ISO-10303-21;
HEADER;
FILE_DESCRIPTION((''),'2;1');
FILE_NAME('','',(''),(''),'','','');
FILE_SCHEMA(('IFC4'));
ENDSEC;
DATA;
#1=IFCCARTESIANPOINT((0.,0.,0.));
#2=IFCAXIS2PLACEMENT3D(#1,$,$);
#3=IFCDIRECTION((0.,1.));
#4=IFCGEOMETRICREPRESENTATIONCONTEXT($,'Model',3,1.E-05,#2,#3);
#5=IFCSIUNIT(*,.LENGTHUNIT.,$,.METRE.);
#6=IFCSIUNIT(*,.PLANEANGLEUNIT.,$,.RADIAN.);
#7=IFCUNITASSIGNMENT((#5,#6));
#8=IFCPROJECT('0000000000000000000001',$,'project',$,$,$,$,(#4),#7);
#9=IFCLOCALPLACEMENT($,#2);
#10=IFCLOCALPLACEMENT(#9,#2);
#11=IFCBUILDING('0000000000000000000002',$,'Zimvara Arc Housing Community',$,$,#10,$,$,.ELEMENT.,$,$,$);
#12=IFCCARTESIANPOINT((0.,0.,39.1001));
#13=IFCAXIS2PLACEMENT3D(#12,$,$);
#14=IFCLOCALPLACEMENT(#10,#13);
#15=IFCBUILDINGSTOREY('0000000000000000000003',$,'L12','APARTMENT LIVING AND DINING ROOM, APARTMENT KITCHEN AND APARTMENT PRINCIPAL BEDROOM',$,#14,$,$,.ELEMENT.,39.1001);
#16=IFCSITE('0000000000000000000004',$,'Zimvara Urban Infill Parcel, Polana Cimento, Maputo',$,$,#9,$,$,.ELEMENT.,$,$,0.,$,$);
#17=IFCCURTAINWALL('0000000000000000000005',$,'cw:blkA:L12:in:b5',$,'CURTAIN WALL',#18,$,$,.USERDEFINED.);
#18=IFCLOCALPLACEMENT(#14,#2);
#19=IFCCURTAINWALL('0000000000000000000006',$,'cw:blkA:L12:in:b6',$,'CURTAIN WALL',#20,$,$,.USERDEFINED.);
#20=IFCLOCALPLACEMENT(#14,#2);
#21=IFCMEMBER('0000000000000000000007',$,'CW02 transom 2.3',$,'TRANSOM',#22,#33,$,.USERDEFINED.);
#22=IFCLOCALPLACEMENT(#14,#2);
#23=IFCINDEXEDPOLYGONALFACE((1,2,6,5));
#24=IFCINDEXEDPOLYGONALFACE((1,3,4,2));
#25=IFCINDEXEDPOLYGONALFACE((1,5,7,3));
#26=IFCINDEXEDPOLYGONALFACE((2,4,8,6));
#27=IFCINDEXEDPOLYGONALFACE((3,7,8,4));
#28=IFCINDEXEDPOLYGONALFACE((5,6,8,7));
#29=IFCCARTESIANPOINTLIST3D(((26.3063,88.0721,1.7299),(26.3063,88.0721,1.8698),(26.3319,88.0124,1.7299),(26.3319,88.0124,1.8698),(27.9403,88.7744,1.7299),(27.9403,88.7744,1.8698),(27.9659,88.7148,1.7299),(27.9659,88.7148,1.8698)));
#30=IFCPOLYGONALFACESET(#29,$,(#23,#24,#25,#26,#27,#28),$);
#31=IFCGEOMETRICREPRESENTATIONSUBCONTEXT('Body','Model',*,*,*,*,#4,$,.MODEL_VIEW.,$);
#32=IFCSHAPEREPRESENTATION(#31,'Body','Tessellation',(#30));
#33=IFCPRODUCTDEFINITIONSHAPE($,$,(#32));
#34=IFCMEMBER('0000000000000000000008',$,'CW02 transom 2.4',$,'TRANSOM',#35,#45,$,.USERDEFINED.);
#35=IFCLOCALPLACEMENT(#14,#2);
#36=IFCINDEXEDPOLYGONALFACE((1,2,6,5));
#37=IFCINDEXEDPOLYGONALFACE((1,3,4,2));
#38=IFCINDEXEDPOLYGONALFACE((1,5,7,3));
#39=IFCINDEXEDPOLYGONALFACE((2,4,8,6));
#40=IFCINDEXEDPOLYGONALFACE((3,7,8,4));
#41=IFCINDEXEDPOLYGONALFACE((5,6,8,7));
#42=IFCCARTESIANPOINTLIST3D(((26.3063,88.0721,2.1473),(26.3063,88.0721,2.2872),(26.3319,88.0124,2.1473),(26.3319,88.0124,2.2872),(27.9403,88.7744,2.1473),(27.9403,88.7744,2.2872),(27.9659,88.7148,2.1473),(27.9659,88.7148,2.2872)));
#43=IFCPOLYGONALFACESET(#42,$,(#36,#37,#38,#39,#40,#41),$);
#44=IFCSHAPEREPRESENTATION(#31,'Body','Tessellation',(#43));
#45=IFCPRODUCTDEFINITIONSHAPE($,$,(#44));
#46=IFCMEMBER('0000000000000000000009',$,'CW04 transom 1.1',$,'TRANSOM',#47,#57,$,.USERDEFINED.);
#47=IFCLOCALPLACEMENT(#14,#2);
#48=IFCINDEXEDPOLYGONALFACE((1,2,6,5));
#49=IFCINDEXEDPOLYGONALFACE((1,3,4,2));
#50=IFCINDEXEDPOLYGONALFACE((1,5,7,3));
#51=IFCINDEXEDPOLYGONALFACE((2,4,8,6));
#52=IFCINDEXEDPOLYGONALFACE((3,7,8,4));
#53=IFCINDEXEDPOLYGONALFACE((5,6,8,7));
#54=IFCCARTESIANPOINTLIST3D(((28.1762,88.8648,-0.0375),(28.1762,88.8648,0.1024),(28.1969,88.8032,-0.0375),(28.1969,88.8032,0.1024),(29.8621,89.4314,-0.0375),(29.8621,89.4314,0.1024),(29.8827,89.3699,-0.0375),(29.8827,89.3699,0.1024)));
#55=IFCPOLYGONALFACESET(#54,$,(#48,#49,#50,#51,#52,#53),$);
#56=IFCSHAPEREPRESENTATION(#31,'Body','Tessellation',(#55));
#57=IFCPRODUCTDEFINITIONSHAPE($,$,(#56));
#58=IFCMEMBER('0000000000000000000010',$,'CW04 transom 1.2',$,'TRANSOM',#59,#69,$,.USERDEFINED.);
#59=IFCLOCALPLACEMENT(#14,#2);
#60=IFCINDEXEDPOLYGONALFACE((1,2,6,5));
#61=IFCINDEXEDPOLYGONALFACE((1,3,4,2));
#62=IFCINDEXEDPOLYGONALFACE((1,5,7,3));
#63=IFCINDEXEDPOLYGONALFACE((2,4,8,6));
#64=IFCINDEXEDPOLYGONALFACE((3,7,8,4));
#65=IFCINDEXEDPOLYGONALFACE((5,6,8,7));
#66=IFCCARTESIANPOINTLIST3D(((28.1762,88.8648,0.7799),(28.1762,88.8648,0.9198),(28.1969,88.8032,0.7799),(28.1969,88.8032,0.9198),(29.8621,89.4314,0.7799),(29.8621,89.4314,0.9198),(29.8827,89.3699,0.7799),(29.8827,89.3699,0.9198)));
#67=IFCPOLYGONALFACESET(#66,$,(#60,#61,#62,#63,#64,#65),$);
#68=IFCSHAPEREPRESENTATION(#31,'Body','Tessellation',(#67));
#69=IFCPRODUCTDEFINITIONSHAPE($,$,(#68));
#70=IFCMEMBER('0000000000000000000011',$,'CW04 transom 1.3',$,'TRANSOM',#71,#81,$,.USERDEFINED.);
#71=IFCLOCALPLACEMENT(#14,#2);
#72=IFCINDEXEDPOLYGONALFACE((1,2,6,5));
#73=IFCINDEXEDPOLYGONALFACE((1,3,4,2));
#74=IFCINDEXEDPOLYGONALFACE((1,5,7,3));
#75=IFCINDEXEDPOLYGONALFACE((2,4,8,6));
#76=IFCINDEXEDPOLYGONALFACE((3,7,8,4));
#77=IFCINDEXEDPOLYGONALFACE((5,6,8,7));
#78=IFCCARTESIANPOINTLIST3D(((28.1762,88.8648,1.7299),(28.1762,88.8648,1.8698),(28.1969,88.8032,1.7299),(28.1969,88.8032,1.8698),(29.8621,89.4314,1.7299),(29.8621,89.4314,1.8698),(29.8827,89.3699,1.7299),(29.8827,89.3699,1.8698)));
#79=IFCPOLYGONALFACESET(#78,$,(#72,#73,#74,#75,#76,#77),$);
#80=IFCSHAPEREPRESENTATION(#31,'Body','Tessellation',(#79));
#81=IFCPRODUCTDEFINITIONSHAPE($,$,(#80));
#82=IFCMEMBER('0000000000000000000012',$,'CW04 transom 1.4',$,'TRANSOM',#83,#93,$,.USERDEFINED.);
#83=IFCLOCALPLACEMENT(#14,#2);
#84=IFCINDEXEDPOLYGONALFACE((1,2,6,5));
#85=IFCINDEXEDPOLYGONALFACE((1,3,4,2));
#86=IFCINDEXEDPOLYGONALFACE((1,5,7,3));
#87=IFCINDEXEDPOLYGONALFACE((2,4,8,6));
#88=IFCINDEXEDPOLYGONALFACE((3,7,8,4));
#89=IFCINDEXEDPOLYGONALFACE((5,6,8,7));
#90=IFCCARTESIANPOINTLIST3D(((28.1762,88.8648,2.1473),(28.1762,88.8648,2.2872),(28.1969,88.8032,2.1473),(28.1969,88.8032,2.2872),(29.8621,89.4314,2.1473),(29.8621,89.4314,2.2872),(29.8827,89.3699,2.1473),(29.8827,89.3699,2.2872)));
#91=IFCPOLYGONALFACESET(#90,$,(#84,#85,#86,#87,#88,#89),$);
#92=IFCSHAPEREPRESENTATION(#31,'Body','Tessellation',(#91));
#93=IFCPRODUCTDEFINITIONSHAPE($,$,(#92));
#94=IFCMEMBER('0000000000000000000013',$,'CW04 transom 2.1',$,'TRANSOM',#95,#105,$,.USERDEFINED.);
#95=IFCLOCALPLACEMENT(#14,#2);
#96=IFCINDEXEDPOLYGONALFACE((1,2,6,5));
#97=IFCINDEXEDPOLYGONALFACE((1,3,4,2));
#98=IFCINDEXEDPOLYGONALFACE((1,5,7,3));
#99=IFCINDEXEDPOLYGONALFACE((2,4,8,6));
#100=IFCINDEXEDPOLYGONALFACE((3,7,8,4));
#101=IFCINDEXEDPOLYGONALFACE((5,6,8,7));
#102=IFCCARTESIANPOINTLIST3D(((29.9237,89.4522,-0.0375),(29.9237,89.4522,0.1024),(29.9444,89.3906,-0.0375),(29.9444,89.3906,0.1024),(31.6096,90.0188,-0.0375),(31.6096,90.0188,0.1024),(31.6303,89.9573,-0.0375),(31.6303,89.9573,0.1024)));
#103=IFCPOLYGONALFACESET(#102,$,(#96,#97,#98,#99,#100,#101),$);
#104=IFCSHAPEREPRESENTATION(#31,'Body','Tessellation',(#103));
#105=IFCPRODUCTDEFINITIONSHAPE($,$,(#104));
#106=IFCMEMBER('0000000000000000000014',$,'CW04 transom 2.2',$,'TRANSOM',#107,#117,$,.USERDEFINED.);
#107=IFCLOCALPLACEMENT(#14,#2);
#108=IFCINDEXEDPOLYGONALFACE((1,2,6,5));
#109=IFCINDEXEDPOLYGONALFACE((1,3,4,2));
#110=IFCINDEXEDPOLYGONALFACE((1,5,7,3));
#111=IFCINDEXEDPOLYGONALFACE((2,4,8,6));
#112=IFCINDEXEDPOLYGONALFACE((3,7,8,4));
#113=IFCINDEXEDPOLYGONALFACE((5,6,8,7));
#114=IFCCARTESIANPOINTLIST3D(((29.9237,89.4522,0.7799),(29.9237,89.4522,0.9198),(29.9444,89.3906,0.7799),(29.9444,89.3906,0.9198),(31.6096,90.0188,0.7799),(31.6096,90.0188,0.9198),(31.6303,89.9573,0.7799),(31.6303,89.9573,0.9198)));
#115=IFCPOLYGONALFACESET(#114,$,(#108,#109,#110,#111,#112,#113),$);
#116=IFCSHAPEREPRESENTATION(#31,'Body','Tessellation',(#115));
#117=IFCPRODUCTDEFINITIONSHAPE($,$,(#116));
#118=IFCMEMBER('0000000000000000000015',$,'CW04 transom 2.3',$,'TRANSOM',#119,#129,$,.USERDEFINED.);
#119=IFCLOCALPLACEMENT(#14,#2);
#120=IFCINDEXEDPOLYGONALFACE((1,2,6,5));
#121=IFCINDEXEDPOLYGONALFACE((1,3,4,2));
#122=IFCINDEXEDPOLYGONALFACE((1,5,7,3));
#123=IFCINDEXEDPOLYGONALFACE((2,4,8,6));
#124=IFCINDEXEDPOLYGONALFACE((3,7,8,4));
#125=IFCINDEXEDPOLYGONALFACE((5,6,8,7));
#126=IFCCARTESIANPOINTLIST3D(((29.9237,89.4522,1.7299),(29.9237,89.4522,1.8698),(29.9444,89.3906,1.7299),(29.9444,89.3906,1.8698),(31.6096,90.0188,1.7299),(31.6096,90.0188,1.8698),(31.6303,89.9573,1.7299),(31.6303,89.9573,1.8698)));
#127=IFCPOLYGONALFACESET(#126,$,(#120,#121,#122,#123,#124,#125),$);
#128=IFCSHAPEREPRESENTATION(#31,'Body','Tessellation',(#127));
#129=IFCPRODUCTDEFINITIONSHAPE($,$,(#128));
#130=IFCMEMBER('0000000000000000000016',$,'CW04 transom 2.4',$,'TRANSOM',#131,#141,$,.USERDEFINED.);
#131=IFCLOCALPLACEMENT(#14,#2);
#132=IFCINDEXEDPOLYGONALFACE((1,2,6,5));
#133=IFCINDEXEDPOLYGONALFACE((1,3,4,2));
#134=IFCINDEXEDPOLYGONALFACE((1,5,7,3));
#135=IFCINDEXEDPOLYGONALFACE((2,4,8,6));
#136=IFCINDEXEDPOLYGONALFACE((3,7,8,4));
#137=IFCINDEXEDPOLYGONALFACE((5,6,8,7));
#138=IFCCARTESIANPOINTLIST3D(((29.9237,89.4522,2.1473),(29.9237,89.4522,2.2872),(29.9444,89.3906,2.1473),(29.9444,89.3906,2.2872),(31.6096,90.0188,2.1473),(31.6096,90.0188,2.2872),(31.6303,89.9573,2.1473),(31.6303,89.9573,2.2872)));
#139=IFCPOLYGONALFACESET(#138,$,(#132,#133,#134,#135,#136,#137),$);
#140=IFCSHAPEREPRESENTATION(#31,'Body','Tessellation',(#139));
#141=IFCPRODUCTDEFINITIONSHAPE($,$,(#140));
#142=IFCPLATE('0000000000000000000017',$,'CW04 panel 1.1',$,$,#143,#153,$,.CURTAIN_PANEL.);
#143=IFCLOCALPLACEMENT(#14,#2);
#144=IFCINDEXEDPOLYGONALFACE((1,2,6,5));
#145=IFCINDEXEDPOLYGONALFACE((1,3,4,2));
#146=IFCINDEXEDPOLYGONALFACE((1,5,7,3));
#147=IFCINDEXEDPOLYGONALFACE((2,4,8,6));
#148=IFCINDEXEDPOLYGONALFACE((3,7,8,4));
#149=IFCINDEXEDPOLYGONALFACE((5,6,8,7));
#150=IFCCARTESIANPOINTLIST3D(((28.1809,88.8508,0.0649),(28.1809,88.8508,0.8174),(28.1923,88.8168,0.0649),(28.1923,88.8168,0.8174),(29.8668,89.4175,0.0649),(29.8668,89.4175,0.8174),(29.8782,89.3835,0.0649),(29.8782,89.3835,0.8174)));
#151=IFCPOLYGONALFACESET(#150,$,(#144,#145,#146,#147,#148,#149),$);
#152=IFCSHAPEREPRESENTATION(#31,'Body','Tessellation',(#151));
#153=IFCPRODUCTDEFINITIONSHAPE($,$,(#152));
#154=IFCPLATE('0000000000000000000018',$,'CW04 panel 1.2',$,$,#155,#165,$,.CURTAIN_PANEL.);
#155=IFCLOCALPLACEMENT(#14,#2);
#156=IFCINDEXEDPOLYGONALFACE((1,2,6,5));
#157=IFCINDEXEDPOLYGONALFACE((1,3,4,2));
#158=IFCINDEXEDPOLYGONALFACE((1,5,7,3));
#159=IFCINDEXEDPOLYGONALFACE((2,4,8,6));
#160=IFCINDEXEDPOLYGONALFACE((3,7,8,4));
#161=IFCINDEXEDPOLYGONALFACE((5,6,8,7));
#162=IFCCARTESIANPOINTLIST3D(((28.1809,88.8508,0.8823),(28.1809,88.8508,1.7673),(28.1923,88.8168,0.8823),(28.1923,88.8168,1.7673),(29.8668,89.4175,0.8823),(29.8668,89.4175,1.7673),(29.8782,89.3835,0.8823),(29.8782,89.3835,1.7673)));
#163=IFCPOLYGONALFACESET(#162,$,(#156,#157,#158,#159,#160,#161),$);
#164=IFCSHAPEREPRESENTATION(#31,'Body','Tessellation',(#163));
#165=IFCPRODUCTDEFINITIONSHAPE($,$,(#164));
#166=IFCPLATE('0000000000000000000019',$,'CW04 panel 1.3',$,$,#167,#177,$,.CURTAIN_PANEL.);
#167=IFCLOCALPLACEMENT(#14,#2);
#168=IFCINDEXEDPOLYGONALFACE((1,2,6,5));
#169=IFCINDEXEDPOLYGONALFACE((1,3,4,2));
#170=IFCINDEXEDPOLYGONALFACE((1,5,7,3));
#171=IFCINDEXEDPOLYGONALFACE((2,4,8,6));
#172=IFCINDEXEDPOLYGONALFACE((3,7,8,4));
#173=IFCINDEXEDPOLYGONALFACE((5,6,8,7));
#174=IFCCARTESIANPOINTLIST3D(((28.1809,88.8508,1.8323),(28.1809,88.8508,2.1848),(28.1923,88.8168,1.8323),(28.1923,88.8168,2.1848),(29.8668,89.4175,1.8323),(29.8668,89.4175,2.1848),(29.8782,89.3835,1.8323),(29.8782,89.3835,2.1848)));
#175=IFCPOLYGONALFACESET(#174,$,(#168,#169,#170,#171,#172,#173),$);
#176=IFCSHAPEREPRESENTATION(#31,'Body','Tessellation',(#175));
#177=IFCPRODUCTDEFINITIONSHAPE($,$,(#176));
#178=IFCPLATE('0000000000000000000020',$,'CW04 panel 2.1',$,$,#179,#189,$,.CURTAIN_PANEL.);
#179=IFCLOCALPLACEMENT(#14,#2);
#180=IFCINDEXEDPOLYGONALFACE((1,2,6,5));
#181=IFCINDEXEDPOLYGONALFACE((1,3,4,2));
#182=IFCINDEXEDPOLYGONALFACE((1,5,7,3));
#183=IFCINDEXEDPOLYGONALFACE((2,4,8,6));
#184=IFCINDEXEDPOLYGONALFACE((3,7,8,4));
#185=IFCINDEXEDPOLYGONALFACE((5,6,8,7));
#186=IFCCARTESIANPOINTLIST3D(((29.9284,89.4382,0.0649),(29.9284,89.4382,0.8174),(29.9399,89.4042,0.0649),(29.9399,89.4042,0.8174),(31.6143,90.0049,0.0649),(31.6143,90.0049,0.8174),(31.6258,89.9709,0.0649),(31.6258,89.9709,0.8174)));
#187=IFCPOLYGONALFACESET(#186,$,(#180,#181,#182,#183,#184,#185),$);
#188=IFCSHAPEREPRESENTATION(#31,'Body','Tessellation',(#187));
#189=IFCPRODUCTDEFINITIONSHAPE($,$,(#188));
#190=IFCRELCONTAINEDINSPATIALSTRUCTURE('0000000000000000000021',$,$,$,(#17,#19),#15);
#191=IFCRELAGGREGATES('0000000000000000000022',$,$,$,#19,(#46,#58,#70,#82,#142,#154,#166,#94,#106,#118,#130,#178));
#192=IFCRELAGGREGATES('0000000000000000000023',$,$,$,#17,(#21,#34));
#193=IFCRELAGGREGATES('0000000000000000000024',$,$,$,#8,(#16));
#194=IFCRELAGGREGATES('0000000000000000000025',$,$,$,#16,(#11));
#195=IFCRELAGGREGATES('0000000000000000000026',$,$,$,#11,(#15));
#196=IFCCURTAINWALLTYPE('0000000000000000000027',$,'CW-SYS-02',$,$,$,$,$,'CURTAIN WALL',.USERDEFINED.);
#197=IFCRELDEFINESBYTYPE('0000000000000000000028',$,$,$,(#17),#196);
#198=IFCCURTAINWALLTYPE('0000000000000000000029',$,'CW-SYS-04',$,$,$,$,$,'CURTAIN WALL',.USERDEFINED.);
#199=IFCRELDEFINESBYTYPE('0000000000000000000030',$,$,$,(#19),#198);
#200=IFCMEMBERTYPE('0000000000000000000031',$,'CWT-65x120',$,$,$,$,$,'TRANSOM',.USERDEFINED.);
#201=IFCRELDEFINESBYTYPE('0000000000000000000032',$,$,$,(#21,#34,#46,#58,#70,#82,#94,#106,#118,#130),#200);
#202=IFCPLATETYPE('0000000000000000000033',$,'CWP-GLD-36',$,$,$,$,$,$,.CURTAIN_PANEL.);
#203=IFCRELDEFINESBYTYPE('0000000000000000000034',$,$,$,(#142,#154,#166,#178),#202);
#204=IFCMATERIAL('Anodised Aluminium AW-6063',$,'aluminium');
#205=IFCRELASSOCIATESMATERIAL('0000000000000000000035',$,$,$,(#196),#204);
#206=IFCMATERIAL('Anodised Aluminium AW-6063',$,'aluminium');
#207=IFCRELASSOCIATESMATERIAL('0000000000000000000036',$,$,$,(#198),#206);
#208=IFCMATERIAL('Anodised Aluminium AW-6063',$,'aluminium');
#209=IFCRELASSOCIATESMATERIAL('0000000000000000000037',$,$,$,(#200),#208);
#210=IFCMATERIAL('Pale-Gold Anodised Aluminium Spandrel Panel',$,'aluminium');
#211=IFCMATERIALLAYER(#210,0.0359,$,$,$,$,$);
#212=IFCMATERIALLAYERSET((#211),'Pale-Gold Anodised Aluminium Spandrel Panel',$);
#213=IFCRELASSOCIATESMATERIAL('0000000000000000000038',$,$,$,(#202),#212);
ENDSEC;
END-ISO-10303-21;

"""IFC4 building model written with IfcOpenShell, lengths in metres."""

from ifc_helpers import new_model, si_unit, direction, frame, origin, origin_2d, place, context, subcontext, project, spatial, rectangle, extrude, material, layer, layer_set, material_profile, profile_set, type_object, element, aggregate, save


model = new_model("IFC4")

# Units and contexts
model_context = context("Model", 3, precision=1e-05, world=origin(), true_north=direction((0.0, 1.0)))
body_context = subcontext(model_context, "Body", "Model", "MODEL_VIEW")
ifc_project = project(units=[si_unit("LENGTHUNIT", "METRE"), si_unit("PLANEANGLEUNIT", "RADIAN")], contexts=[model_context])

# Site, building, storey
site_placement = place(None, origin())
site = spatial("IfcSite", under=ifc_project, at=site_placement, Name="Zimvara Urban Infill Parcel, Polana Cimento, Maputo", CompositionType="ELEMENT", RefElevation=0.0)
building_placement = place(site_placement, origin())
building = spatial("IfcBuilding", under=site, at=building_placement, Name="Zimvara Arc Housing Community", CompositionType="ELEMENT")
storey_placement = place(building_placement, frame((0.0, 0.0, 39.1001)))
storey = spatial("IfcBuildingStorey", under=building, at=storey_placement, Name="L12", Description="APARTMENT LIVING AND DINING ROOM, APARTMENT KITCHEN AND APARTMENT PRINCIPAL BEDROOM", CompositionType="ELEMENT", Elevation=39.1001)

# Curtain walls
ifc_material_1 = material(Name="Anodised Aluminium AW-6063", Category="aluminium")
curtain_wall_type_1 = type_object("IfcCurtainWallType", Name="CW-SYS-02", ElementType="CURTAIN WALL", PredefinedType="USERDEFINED", material=ifc_material_1)
curtain_wall_1_placement = place(storey_placement, origin())
curtain_wall_1 = element("IfcCurtainWall", 1, at=curtain_wall_1_placement, inside=storey, type_object=curtain_wall_type_1, Name="cw:blkA:L12:in:b5", ObjectType="CURTAIN WALL", PredefinedType="USERDEFINED")
ifc_material_2 = material(Name="Anodised Aluminium AW-6063", Category="aluminium")
curtain_wall_type_2 = type_object("IfcCurtainWallType", Name="CW-SYS-04", ElementType="CURTAIN WALL", PredefinedType="USERDEFINED", material=ifc_material_2)
curtain_wall_2_placement = place(storey_placement, origin())
curtain_wall_2 = element("IfcCurtainWall", 2, at=curtain_wall_2_placement, inside=storey, type_object=curtain_wall_type_2, Name="cw:blkA:L12:in:b6", ObjectType="CURTAIN WALL", PredefinedType="USERDEFINED")

# Members
ifc_material_3 = material(Name="Anodised Aluminium AW-6063", Category="aluminium")
ifc_material_profile_1 = material_profile(ifc_material_3, rectangle(XDim=0.0649, YDim=0.1399, at=origin_2d()), Name="ALU 65x140")
ifc_profile_set_1 = profile_set([ifc_material_profile_1], Name="Anodised Aluminium AW-6063")
member_type_1 = type_object("IfcMemberType", Name="CWT-65x120", ElementType="TRANSOM", PredefinedType="USERDEFINED", material=ifc_profile_set_1)
member_1_placement = place(storey_placement, frame((26.3191, 88.0422, 1.7998), z_axis=(0.918718, 0.394913, 0.0), x_axis=(-0.394913, 0.918718, 0.0)))
member_1 = element("IfcMember", 3, at=member_1_placement, type_object=member_type_1, Name="CW02 transom 2.3", ObjectType="TRANSOM", PredefinedType="USERDEFINED", context=body_context, shape_type="SweptSolid", body=[
    extrude(rectangle(XDim=0.0649, YDim=0.1399, at=origin_2d()), origin(), (0.0, 0.0, 1.0), 1.7786),
])
member_2_placement = place(storey_placement, frame((26.3191, 88.0422, 2.2173), z_axis=(0.918718, 0.394913, 0.0), x_axis=(-0.394913, 0.918718, 0.0)))
member_2 = element("IfcMember", 4, at=member_2_placement, type_object=member_type_1, Name="CW02 transom 2.4", ObjectType="TRANSOM", PredefinedType="USERDEFINED", context=body_context, shape_type="SweptSolid", body=[
    extrude(rectangle(XDim=0.0649, YDim=0.1399, at=origin_2d()), origin(), (0.0, 0.0, 1.0), 1.7786),
])
member_3_placement = place(storey_placement, frame((28.1865, 88.834, 0.0325), z_axis=(0.947884, 0.318615, 0.0), x_axis=(-0.318615, 0.947884, 0.0)))
member_3 = element("IfcMember", 5, at=member_3_placement, type_object=member_type_1, Name="CW04 transom 1.1", ObjectType="TRANSOM", PredefinedType="USERDEFINED", context=body_context, shape_type="SweptSolid", body=[
    extrude(rectangle(XDim=0.0649, YDim=0.1399, at=origin_2d()), origin(), (0.0, 0.0, 1.0), 1.7786),
])
member_4_placement = place(storey_placement, frame((28.1865, 88.834, 0.8499), z_axis=(0.947884, 0.318615, 0.0), x_axis=(-0.318615, 0.947884, 0.0)))
member_4 = element("IfcMember", 6, at=member_4_placement, type_object=member_type_1, Name="CW04 transom 1.2", ObjectType="TRANSOM", PredefinedType="USERDEFINED", context=body_context, shape_type="SweptSolid", body=[
    extrude(rectangle(XDim=0.0649, YDim=0.1399, at=origin_2d()), origin(), (0.0, 0.0, 1.0), 1.7786),
])
member_5_placement = place(storey_placement, frame((28.1865, 88.834, 1.7998), z_axis=(0.947884, 0.318615, 0.0), x_axis=(-0.318615, 0.947884, 0.0)))
member_5 = element("IfcMember", 7, at=member_5_placement, type_object=member_type_1, Name="CW04 transom 1.3", ObjectType="TRANSOM", PredefinedType="USERDEFINED", context=body_context, shape_type="SweptSolid", body=[
    extrude(rectangle(XDim=0.0649, YDim=0.1399, at=origin_2d()), origin(), (0.0, 0.0, 1.0), 1.7786),
])
member_6_placement = place(storey_placement, frame((28.1865, 88.834, 2.2173), z_axis=(0.947884, 0.318615, 0.0), x_axis=(-0.318615, 0.947884, 0.0)))
member_6 = element("IfcMember", 8, at=member_6_placement, type_object=member_type_1, Name="CW04 transom 1.4", ObjectType="TRANSOM", PredefinedType="USERDEFINED", context=body_context, shape_type="SweptSolid", body=[
    extrude(rectangle(XDim=0.0649, YDim=0.1399, at=origin_2d()), origin(), (0.0, 0.0, 1.0), 1.7786),
])
member_7_placement = place(storey_placement, frame((29.9341, 89.4214, 0.0325), z_axis=(0.947884, 0.318615, 0.0), x_axis=(-0.318615, 0.947884, 0.0)))
member_7 = element("IfcMember", 9, at=member_7_placement, type_object=member_type_1, Name="CW04 transom 2.1", ObjectType="TRANSOM", PredefinedType="USERDEFINED", context=body_context, shape_type="SweptSolid", body=[
    extrude(rectangle(XDim=0.0649, YDim=0.1399, at=origin_2d()), origin(), (0.0, 0.0, 1.0), 1.7786),
])
member_8_placement = place(storey_placement, frame((29.9341, 89.4214, 0.8499), z_axis=(0.947884, 0.318615, 0.0), x_axis=(-0.318615, 0.947884, 0.0)))
member_8 = element("IfcMember", 10, at=member_8_placement, type_object=member_type_1, Name="CW04 transom 2.2", ObjectType="TRANSOM", PredefinedType="USERDEFINED", context=body_context, shape_type="SweptSolid", body=[
    extrude(rectangle(XDim=0.0649, YDim=0.1399, at=origin_2d()), origin(), (0.0, 0.0, 1.0), 1.7786),
])
member_9_placement = place(storey_placement, frame((29.9341, 89.4214, 1.7998), z_axis=(0.947884, 0.318615, 0.0), x_axis=(-0.318615, 0.947884, 0.0)))
member_9 = element("IfcMember", 11, at=member_9_placement, type_object=member_type_1, Name="CW04 transom 2.3", ObjectType="TRANSOM", PredefinedType="USERDEFINED", context=body_context, shape_type="SweptSolid", body=[
    extrude(rectangle(XDim=0.0649, YDim=0.1399, at=origin_2d()), origin(), (0.0, 0.0, 1.0), 1.7786),
])
member_10_placement = place(storey_placement, frame((29.9341, 89.4214, 2.2173), z_axis=(0.947884, 0.318615, 0.0), x_axis=(-0.318615, 0.947884, 0.0)))
member_10 = element("IfcMember", 12, at=member_10_placement, type_object=member_type_1, Name="CW04 transom 2.4", ObjectType="TRANSOM", PredefinedType="USERDEFINED", context=body_context, shape_type="SweptSolid", body=[
    extrude(rectangle(XDim=0.0649, YDim=0.1399, at=origin_2d()), origin(), (0.0, 0.0, 1.0), 1.7786),
])

# Plates
ifc_material_4 = material(Name="Pale-Gold Anodised Aluminium Spandrel Panel", Category="aluminium")
ifc_layer_1 = layer(ifc_material_4, 0.0359)
ifc_layer_set_1 = layer_set([ifc_layer_1], Name="Pale-Gold Anodised Aluminium Spandrel Panel")
plate_type_1 = type_object("IfcPlateType", Name="CWP-GLD-36", PredefinedType="CURTAIN_PANEL", material=ifc_layer_set_1)
plate_1_placement = place(storey_placement, frame((29.0295, 89.1172, 0.0649), z_axis=(0.0, 0.0, 1.0), x_axis=(0.94788, 0.318627, 0.0)))
plate_1 = element("IfcPlate", 13, at=plate_1_placement, type_object=plate_type_1, Name="CW04 panel 1.1", PredefinedType="CURTAIN_PANEL", context=body_context, shape_type="SweptSolid", body=[
    extrude(rectangle(XDim=1.7786, YDim=0.0359, at=origin_2d()), origin(), (0.0, 0.0, 1.0), 0.7524),
])
plate_2_placement = place(storey_placement, frame((29.0295, 89.1172, 0.8823), z_axis=(0.0, 0.0, 1.0), x_axis=(0.94788, 0.318627, 0.0)))
plate_2 = element("IfcPlate", 14, at=plate_2_placement, type_object=plate_type_1, Name="CW04 panel 1.2", PredefinedType="CURTAIN_PANEL", context=body_context, shape_type="SweptSolid", body=[
    extrude(rectangle(XDim=1.7786, YDim=0.0359, at=origin_2d()), origin(), (0.0, 0.0, 1.0), 0.885),
])
plate_3_placement = place(storey_placement, frame((29.0295, 89.1172, 1.8323), z_axis=(0.0, 0.0, 1.0), x_axis=(0.94788, 0.318627, 0.0)))
plate_3 = element("IfcPlate", 15, at=plate_3_placement, type_object=plate_type_1, Name="CW04 panel 1.3", PredefinedType="CURTAIN_PANEL", context=body_context, shape_type="SweptSolid", body=[
    extrude(rectangle(XDim=1.7786, YDim=0.0359, at=origin_2d()), origin(), (0.0, 0.0, 1.0), 0.3525),
])
plate_4_placement = place(storey_placement, frame((30.7771, 89.7046, 0.0649), z_axis=(0.0, 0.0, 1.0), x_axis=(0.94788, 0.318627, 0.0)))
plate_4 = element("IfcPlate", 16, at=plate_4_placement, type_object=plate_type_1, Name="CW04 panel 2.1", PredefinedType="CURTAIN_PANEL", context=body_context, shape_type="SweptSolid", body=[
    extrude(rectangle(XDim=1.7786, YDim=0.0359, at=origin_2d()), origin(), (0.0, 0.0, 1.0), 0.7524),
])
aggregate(curtain_wall_2, [member_3, member_4, member_5, member_6, plate_1, plate_2, plate_3, member_7, member_8, member_9, member_10, plate_4])
aggregate(curtain_wall_1, [member_1, member_2])

save(model, "model.ifc")
